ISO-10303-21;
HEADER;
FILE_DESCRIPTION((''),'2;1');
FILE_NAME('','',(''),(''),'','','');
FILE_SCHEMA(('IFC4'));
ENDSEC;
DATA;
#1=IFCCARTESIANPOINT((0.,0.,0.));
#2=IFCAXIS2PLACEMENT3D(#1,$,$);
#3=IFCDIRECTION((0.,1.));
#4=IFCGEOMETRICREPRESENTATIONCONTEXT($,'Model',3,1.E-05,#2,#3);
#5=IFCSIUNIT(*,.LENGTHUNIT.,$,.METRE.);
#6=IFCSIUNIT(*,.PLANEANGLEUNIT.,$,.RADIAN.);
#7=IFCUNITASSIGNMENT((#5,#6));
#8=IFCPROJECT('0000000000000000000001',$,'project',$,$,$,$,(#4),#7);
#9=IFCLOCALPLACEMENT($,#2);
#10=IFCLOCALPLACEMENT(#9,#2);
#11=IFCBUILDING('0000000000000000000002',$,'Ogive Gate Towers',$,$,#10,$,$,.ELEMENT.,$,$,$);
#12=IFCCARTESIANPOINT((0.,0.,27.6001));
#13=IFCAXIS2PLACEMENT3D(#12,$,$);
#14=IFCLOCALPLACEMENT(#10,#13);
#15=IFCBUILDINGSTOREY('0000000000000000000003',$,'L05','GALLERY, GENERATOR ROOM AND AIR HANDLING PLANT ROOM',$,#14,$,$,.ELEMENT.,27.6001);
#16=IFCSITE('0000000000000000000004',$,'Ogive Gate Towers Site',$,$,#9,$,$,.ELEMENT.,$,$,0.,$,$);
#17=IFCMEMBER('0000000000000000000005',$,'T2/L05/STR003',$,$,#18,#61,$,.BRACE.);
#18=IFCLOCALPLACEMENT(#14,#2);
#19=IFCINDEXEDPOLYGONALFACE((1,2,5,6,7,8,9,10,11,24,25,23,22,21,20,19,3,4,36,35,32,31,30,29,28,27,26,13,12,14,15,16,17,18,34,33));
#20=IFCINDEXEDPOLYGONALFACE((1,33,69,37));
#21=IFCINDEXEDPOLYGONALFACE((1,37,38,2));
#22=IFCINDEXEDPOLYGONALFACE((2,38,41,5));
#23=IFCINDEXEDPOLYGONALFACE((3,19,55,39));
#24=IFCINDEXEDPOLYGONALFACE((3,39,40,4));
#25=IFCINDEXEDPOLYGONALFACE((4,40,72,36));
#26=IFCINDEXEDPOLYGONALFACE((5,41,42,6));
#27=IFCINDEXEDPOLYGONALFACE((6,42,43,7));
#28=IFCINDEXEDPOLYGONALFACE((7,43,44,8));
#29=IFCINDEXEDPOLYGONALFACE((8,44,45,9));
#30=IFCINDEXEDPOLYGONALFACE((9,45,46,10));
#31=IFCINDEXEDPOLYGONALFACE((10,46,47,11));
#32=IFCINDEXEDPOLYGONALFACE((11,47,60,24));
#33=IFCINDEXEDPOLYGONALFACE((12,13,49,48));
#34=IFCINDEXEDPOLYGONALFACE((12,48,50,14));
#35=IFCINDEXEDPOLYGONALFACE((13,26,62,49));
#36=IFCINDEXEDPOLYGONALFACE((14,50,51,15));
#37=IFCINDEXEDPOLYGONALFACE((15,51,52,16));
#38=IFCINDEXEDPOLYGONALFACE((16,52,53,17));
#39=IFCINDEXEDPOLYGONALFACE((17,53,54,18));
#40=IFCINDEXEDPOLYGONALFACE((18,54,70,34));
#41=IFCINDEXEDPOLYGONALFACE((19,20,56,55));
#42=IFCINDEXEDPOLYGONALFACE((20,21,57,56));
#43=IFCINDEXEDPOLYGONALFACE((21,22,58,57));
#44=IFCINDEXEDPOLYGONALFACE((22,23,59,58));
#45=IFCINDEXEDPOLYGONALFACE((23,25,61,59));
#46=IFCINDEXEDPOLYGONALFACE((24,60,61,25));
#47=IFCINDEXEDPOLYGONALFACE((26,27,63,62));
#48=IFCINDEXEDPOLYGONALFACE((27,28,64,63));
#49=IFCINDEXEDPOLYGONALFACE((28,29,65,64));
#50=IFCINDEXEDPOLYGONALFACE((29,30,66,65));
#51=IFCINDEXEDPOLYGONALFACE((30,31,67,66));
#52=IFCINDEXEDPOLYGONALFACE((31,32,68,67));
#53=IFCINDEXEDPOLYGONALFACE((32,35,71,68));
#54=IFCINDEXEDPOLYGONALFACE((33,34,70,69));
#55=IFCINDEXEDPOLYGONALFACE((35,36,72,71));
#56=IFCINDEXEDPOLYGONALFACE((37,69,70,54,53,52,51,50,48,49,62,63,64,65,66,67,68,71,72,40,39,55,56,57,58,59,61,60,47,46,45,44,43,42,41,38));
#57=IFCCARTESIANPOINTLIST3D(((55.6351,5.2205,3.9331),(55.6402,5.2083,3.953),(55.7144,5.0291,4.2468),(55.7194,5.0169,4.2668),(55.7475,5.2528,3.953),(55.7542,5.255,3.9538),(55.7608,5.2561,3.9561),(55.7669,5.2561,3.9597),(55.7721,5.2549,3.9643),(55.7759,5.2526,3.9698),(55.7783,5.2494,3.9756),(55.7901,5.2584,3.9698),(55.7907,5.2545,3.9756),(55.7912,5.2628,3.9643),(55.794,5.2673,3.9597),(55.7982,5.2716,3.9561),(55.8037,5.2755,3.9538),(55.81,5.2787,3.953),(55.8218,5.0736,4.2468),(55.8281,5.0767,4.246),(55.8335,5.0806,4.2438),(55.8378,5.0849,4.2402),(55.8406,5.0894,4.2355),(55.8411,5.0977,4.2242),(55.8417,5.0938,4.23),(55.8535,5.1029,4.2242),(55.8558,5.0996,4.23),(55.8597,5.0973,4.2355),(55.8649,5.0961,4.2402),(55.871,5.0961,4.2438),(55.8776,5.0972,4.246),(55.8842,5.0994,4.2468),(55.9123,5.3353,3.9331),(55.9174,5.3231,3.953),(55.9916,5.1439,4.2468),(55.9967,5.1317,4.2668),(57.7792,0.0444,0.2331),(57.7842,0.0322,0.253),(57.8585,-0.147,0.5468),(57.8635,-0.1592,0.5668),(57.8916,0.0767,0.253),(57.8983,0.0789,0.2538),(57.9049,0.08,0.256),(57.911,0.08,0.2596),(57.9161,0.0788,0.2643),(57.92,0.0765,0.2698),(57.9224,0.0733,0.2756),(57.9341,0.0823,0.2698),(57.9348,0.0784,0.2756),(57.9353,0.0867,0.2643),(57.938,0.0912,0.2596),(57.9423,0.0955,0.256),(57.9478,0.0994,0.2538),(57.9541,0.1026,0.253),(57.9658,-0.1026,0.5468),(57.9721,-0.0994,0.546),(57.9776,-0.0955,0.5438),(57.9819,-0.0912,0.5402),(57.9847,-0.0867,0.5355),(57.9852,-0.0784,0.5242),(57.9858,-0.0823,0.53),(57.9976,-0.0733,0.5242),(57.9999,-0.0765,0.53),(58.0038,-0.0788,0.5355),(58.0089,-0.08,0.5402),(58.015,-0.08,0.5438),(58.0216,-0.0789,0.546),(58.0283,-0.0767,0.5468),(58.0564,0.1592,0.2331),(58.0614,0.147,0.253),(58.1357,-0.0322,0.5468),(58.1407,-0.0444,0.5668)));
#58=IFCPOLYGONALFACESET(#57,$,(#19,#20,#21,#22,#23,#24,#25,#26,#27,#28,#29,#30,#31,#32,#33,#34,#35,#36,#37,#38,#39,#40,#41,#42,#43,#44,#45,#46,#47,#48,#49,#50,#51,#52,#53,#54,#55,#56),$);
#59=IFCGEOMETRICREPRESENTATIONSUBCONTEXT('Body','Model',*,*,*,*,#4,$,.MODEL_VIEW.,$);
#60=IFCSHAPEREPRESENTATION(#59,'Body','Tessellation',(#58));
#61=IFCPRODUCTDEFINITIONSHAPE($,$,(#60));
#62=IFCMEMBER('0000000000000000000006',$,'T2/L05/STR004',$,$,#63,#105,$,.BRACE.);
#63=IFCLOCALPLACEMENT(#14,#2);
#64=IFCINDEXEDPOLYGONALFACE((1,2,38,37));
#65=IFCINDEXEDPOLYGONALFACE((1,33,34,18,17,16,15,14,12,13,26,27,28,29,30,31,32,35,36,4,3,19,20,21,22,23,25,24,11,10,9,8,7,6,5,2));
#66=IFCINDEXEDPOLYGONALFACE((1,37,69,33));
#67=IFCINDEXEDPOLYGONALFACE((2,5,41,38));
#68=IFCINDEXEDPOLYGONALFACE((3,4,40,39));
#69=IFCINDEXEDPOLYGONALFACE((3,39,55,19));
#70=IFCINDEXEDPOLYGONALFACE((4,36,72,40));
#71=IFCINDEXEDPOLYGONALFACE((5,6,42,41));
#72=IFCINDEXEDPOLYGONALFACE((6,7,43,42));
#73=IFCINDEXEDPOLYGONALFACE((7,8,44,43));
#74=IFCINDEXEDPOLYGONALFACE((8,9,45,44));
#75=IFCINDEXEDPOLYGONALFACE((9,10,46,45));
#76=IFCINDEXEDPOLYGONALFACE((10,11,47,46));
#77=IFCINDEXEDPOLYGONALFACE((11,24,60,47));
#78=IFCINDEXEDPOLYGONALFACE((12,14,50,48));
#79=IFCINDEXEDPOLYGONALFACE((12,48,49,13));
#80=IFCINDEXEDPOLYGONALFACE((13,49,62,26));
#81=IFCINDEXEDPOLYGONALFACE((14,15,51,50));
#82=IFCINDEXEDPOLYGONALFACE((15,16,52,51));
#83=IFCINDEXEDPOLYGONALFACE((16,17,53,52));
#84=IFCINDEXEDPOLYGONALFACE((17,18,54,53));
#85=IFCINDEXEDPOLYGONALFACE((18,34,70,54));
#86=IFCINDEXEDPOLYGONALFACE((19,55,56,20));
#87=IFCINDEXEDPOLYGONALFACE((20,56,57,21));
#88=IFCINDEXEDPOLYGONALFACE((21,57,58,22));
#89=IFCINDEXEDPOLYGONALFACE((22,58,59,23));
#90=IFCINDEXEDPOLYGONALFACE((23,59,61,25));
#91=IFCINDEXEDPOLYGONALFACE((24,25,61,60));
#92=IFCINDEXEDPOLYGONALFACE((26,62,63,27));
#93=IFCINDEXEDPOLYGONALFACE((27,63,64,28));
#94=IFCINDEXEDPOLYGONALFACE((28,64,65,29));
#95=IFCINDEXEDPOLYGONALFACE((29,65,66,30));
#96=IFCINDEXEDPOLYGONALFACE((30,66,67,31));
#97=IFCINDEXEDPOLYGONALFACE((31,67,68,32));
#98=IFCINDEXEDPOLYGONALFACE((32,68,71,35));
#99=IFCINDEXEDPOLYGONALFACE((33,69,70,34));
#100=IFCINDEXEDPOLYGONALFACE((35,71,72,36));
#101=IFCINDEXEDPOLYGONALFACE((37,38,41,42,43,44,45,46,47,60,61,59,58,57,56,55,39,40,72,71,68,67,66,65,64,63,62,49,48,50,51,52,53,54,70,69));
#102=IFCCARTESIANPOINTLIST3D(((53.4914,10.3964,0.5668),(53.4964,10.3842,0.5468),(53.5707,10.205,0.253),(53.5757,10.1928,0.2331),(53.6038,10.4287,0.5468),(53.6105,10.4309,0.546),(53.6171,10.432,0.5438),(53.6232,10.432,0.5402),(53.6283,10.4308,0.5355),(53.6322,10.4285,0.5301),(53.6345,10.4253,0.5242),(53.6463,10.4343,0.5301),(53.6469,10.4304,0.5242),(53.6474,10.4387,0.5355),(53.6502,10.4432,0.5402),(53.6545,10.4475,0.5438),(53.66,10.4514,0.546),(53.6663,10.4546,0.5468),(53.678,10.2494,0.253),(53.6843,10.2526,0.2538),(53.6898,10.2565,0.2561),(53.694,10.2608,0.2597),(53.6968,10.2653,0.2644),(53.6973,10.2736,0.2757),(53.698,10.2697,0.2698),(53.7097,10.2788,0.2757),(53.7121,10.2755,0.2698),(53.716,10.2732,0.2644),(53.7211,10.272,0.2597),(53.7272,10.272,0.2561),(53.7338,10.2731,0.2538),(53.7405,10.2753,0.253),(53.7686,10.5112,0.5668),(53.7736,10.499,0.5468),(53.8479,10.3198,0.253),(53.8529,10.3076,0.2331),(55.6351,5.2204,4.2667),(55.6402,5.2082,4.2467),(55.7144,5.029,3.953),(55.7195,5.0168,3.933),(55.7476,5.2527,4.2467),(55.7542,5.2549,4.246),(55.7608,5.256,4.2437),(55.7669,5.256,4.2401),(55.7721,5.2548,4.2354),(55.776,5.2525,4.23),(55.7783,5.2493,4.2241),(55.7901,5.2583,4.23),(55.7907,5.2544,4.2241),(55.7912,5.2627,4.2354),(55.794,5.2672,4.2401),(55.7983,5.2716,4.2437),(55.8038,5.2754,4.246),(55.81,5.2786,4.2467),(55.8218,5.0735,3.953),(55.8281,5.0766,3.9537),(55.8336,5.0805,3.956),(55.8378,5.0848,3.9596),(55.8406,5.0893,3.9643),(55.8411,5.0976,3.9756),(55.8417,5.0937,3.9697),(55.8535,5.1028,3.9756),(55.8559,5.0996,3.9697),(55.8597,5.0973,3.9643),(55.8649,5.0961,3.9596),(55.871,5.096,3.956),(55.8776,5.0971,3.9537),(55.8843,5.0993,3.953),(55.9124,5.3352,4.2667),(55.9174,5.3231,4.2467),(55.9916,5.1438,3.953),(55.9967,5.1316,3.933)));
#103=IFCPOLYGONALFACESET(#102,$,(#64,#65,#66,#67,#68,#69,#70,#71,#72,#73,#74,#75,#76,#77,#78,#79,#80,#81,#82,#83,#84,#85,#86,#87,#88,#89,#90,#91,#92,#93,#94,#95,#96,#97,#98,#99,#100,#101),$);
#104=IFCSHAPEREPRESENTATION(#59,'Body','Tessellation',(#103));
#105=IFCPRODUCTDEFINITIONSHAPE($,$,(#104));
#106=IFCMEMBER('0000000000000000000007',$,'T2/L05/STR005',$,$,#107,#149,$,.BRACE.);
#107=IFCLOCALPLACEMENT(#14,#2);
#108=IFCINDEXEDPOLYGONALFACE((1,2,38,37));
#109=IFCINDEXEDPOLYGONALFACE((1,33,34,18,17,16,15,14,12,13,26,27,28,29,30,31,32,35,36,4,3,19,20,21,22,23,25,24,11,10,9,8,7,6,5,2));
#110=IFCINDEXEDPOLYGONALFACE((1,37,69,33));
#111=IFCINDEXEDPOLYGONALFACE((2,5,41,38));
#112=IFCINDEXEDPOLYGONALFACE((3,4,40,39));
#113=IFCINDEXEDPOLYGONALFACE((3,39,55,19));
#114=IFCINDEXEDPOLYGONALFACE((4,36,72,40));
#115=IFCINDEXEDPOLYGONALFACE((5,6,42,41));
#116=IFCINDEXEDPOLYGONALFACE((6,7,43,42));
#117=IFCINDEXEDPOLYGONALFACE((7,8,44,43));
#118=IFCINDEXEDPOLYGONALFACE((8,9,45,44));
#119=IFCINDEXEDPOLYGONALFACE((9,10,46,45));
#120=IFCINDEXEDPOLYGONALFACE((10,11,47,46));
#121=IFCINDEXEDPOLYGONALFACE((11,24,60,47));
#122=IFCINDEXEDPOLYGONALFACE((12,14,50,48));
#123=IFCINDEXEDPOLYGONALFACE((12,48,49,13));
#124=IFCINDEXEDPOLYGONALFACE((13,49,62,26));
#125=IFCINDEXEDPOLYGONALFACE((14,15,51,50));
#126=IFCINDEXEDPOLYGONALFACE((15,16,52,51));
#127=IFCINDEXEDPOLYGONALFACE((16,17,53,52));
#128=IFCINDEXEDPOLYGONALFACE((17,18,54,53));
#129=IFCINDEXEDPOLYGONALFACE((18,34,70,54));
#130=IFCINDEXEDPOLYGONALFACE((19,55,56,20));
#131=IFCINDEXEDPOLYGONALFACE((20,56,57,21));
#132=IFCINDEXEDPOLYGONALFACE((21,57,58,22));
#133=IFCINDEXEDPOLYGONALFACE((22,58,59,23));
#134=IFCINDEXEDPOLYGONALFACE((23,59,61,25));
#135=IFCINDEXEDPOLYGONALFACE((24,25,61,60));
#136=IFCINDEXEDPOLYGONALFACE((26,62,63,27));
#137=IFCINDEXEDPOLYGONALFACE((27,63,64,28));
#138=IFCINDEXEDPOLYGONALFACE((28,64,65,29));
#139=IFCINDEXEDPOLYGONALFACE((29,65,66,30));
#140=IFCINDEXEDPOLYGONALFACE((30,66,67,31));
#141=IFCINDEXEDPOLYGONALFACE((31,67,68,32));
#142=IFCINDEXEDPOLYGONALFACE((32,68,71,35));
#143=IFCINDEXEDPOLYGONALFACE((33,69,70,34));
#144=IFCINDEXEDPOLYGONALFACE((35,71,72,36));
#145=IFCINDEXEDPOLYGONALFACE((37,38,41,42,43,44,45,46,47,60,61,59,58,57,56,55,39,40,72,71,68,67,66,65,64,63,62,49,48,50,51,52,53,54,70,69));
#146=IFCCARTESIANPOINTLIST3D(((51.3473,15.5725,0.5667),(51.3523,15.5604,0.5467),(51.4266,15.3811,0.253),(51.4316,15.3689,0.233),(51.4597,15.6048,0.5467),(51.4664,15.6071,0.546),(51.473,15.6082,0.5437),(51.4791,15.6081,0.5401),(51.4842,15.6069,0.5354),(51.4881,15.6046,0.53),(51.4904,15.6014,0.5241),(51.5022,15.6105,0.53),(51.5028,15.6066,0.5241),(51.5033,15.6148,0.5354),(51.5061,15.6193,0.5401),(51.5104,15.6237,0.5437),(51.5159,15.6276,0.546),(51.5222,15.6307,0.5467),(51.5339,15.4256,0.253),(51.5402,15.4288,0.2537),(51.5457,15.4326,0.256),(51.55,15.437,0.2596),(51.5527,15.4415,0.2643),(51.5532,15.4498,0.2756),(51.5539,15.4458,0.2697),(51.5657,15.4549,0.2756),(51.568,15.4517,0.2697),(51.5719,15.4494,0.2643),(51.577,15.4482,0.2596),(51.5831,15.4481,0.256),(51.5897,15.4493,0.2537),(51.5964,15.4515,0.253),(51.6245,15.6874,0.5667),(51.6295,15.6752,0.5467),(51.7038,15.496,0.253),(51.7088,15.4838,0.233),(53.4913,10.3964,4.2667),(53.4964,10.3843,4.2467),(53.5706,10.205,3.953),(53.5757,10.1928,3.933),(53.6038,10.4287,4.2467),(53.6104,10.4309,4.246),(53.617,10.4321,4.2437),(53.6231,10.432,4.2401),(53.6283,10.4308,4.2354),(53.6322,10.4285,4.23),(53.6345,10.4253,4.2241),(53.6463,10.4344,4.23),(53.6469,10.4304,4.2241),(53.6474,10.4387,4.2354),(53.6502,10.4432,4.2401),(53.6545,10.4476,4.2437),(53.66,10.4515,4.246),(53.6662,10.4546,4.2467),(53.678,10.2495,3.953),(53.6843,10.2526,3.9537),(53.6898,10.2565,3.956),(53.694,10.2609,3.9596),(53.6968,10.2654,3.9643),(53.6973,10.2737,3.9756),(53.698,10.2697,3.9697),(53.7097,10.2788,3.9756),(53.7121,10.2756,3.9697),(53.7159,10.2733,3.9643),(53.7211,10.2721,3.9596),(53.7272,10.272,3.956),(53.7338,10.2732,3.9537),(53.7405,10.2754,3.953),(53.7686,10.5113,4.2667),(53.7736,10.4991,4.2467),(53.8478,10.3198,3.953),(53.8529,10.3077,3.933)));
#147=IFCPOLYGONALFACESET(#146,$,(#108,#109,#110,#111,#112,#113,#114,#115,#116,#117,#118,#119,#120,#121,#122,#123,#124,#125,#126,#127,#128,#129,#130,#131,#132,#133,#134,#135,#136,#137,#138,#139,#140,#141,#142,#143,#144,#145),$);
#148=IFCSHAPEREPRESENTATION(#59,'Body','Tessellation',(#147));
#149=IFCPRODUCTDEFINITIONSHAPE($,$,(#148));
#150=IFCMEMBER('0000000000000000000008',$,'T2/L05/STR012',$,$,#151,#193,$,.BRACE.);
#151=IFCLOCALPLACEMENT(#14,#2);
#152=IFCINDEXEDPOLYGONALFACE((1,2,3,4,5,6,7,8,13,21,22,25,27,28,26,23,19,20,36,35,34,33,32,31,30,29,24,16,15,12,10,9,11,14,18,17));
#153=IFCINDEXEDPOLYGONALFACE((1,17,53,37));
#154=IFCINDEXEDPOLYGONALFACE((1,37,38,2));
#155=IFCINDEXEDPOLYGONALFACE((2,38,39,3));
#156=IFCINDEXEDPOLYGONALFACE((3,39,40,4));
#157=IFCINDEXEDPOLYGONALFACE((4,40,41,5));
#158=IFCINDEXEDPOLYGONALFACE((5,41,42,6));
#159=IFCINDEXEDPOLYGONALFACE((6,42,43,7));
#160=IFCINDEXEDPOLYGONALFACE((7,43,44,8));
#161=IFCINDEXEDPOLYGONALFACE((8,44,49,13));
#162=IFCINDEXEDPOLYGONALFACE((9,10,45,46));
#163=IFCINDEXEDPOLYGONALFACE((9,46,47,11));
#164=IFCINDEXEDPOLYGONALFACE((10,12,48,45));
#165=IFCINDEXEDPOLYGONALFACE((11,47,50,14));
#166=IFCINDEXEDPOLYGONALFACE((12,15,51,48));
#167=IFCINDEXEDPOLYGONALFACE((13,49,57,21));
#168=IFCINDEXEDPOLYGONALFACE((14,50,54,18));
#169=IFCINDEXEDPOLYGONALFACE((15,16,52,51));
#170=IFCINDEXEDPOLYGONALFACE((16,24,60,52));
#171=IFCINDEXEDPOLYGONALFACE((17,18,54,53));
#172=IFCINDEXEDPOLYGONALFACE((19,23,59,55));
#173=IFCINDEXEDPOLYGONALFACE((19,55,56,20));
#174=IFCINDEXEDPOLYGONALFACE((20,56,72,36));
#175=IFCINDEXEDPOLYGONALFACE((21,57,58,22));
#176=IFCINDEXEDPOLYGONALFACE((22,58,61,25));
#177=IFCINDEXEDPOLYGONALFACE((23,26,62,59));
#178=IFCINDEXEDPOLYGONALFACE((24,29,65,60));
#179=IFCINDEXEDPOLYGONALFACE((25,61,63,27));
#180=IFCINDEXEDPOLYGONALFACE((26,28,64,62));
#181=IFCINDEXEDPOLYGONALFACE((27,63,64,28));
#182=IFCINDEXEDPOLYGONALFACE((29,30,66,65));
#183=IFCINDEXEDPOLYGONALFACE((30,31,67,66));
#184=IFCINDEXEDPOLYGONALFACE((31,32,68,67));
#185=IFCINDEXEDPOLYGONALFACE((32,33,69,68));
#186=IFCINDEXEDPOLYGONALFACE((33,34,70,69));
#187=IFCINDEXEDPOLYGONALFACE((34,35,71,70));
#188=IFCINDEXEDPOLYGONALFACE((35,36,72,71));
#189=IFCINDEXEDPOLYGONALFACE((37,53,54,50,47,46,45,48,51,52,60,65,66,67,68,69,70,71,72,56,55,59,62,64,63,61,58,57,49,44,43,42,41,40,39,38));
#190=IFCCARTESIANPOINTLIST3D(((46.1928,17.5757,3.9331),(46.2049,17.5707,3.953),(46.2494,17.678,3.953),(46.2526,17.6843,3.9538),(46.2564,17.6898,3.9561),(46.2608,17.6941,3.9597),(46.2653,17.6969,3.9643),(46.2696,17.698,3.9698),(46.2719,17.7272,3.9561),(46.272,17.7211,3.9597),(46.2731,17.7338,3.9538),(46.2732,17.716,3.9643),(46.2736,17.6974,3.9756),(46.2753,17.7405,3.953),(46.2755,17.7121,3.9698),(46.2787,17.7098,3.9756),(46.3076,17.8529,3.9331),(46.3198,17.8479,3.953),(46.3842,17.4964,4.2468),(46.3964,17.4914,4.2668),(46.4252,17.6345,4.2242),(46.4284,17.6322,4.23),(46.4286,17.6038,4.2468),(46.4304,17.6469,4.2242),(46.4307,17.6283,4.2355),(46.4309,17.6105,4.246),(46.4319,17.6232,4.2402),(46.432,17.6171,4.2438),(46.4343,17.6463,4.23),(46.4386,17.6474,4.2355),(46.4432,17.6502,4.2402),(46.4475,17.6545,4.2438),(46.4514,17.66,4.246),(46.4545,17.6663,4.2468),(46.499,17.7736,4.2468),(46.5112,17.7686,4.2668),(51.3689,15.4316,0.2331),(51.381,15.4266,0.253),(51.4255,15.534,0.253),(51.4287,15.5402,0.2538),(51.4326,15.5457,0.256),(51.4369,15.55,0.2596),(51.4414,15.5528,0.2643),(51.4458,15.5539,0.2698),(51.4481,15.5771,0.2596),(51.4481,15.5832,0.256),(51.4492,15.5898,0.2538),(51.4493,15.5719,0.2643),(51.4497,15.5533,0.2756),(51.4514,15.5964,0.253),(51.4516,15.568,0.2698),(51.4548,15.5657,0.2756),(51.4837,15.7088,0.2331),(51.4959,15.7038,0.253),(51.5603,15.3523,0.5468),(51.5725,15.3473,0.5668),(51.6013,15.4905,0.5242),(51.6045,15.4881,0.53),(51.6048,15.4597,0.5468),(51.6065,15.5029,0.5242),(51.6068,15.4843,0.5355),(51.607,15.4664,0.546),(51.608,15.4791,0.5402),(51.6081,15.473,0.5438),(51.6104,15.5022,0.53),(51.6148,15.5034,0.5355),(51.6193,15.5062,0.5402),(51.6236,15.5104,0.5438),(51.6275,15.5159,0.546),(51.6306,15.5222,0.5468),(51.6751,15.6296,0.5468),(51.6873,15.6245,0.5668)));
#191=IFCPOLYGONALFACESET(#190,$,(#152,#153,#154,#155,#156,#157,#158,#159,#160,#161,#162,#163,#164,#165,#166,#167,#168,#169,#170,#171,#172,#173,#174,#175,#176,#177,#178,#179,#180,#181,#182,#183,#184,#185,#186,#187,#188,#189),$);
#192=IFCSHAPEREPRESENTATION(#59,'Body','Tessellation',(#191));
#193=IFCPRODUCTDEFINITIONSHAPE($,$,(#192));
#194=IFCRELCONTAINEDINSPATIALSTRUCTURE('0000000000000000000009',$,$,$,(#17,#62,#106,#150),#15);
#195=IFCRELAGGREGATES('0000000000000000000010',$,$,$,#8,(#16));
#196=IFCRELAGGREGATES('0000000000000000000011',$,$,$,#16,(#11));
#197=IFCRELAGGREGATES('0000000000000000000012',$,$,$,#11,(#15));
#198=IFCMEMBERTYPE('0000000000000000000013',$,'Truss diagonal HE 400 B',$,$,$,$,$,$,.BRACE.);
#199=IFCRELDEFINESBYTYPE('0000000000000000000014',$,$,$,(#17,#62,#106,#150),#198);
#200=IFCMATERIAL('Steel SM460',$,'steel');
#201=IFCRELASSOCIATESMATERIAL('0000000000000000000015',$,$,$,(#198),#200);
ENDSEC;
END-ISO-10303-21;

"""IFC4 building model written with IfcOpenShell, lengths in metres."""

from ifc_helpers import new_model, si_unit, direction, frame, origin, origin_2d, place, context, subcontext, project, spatial, i_section, extrude, material, material_profile, profile_set, type_object, element, save


model = new_model("IFC4")

# Units and contexts
model_context = context("Model", 3, precision=1e-05, world=origin(), true_north=direction((0.0, 1.0)))
body_context = subcontext(model_context, "Body", "Model", "MODEL_VIEW")
ifc_project = project(units=[si_unit("LENGTHUNIT", "METRE"), si_unit("PLANEANGLEUNIT", "RADIAN")], contexts=[model_context])

# Site, building, storey
site_placement = place(None, origin())
site = spatial("IfcSite", under=ifc_project, at=site_placement, Name="Ogive Gate Towers Site", CompositionType="ELEMENT", RefElevation=0.0)
building_placement = place(site_placement, origin())
building = spatial("IfcBuilding", under=site, at=building_placement, Name="Ogive Gate Towers", CompositionType="ELEMENT")
storey_placement = place(building_placement, frame((0.0, 0.0, 27.6001)))
storey = spatial("IfcBuildingStorey", under=building, at=storey_placement, Name="L05", Description="GALLERY, GENERATOR ROOM AND AIR HANDLING PLANT ROOM", CompositionType="ELEMENT", Elevation=27.6001)

# Shared definitions
ifc_material_1 = material(Name="Steel SM460", Category="steel")

# Members
ifc_material_profile_1 = material_profile(ifc_material_1, i_section(OverallWidth=0.3, OverallDepth=0.3999, WebThickness=0.0134, FlangeThickness=0.0239, FilletRadius=0.0271, at=origin_2d()), Name="HE 400 B")
ifc_profile_set_1 = profile_set([ifc_material_profile_1], Name="Steel SM460")
member_type_1 = type_object("IfcMemberType", Name="Truss diagonal HE 400 B", PredefinedType="BRACE", material=ifc_profile_set_1)
member_1_placement = place(storey_placement, frame((57.96, 0.0, 0.3999), z_axis=(-0.319339, 0.77093, 0.55108), x_axis=(-0.923876, -0.382693, 0.0)))
element("IfcMember", 1, at=member_1_placement, inside=storey, type_object=member_type_1, Name="T2/L05/STR003", PredefinedType="BRACE", context=body_context, shape_type="SweptSolid", body=[
    extrude(i_section(OverallWidth=0.3, OverallDepth=0.3999, WebThickness=0.0134, FlangeThickness=0.0239, FilletRadius=0.0271, at=origin_2d()), origin(), (0.0, 0.0, 1.0), 6.7141),
])
member_2_placement = place(storey_placement, frame((55.8159, 5.176, 4.0999), z_axis=(-0.319306, 0.770939, -0.551086), x_axis=(-0.923891, -0.382656, 0.0)))
element("IfcMember", 2, at=member_2_placement, inside=storey, type_object=member_type_1, Name="T2/L05/STR004", PredefinedType="BRACE", context=body_context, shape_type="SweptSolid", body=[
    extrude(i_section(OverallWidth=0.3, OverallDepth=0.3999, WebThickness=0.0134, FlangeThickness=0.0239, FilletRadius=0.0271, at=origin_2d()), origin(), (0.0, 0.0, 1.0), 6.7139),
])
for number, where, z_axis, x_axis, name in (
    (3, (53.6721, 10.3521, 4.0999), (-0.319339, 0.77093, -0.55108), (-0.923876, -0.382693, 0.0), "T2/L05/STR005"),
    (4, (51.5281, 15.5281, 0.3999), (-0.77093, 0.319339, 0.55108), (-0.382693, -0.923876, 0.0), "T2/L05/STR012"),
):
    element("IfcMember", number, at=place(storey_placement, frame(where, z_axis=z_axis, x_axis=x_axis)), inside=storey, type_object=member_type_1, Name=name, PredefinedType="BRACE", context=body_context, shape_type="SweptSolid", body=[
        extrude(i_section(OverallWidth=0.3, OverallDepth=0.3999, WebThickness=0.0134, FlangeThickness=0.0239, FilletRadius=0.0271, at=origin_2d()), origin(), (0.0, 0.0, 1.0), 6.7141),
    ])

save(model, "model.ifc")
